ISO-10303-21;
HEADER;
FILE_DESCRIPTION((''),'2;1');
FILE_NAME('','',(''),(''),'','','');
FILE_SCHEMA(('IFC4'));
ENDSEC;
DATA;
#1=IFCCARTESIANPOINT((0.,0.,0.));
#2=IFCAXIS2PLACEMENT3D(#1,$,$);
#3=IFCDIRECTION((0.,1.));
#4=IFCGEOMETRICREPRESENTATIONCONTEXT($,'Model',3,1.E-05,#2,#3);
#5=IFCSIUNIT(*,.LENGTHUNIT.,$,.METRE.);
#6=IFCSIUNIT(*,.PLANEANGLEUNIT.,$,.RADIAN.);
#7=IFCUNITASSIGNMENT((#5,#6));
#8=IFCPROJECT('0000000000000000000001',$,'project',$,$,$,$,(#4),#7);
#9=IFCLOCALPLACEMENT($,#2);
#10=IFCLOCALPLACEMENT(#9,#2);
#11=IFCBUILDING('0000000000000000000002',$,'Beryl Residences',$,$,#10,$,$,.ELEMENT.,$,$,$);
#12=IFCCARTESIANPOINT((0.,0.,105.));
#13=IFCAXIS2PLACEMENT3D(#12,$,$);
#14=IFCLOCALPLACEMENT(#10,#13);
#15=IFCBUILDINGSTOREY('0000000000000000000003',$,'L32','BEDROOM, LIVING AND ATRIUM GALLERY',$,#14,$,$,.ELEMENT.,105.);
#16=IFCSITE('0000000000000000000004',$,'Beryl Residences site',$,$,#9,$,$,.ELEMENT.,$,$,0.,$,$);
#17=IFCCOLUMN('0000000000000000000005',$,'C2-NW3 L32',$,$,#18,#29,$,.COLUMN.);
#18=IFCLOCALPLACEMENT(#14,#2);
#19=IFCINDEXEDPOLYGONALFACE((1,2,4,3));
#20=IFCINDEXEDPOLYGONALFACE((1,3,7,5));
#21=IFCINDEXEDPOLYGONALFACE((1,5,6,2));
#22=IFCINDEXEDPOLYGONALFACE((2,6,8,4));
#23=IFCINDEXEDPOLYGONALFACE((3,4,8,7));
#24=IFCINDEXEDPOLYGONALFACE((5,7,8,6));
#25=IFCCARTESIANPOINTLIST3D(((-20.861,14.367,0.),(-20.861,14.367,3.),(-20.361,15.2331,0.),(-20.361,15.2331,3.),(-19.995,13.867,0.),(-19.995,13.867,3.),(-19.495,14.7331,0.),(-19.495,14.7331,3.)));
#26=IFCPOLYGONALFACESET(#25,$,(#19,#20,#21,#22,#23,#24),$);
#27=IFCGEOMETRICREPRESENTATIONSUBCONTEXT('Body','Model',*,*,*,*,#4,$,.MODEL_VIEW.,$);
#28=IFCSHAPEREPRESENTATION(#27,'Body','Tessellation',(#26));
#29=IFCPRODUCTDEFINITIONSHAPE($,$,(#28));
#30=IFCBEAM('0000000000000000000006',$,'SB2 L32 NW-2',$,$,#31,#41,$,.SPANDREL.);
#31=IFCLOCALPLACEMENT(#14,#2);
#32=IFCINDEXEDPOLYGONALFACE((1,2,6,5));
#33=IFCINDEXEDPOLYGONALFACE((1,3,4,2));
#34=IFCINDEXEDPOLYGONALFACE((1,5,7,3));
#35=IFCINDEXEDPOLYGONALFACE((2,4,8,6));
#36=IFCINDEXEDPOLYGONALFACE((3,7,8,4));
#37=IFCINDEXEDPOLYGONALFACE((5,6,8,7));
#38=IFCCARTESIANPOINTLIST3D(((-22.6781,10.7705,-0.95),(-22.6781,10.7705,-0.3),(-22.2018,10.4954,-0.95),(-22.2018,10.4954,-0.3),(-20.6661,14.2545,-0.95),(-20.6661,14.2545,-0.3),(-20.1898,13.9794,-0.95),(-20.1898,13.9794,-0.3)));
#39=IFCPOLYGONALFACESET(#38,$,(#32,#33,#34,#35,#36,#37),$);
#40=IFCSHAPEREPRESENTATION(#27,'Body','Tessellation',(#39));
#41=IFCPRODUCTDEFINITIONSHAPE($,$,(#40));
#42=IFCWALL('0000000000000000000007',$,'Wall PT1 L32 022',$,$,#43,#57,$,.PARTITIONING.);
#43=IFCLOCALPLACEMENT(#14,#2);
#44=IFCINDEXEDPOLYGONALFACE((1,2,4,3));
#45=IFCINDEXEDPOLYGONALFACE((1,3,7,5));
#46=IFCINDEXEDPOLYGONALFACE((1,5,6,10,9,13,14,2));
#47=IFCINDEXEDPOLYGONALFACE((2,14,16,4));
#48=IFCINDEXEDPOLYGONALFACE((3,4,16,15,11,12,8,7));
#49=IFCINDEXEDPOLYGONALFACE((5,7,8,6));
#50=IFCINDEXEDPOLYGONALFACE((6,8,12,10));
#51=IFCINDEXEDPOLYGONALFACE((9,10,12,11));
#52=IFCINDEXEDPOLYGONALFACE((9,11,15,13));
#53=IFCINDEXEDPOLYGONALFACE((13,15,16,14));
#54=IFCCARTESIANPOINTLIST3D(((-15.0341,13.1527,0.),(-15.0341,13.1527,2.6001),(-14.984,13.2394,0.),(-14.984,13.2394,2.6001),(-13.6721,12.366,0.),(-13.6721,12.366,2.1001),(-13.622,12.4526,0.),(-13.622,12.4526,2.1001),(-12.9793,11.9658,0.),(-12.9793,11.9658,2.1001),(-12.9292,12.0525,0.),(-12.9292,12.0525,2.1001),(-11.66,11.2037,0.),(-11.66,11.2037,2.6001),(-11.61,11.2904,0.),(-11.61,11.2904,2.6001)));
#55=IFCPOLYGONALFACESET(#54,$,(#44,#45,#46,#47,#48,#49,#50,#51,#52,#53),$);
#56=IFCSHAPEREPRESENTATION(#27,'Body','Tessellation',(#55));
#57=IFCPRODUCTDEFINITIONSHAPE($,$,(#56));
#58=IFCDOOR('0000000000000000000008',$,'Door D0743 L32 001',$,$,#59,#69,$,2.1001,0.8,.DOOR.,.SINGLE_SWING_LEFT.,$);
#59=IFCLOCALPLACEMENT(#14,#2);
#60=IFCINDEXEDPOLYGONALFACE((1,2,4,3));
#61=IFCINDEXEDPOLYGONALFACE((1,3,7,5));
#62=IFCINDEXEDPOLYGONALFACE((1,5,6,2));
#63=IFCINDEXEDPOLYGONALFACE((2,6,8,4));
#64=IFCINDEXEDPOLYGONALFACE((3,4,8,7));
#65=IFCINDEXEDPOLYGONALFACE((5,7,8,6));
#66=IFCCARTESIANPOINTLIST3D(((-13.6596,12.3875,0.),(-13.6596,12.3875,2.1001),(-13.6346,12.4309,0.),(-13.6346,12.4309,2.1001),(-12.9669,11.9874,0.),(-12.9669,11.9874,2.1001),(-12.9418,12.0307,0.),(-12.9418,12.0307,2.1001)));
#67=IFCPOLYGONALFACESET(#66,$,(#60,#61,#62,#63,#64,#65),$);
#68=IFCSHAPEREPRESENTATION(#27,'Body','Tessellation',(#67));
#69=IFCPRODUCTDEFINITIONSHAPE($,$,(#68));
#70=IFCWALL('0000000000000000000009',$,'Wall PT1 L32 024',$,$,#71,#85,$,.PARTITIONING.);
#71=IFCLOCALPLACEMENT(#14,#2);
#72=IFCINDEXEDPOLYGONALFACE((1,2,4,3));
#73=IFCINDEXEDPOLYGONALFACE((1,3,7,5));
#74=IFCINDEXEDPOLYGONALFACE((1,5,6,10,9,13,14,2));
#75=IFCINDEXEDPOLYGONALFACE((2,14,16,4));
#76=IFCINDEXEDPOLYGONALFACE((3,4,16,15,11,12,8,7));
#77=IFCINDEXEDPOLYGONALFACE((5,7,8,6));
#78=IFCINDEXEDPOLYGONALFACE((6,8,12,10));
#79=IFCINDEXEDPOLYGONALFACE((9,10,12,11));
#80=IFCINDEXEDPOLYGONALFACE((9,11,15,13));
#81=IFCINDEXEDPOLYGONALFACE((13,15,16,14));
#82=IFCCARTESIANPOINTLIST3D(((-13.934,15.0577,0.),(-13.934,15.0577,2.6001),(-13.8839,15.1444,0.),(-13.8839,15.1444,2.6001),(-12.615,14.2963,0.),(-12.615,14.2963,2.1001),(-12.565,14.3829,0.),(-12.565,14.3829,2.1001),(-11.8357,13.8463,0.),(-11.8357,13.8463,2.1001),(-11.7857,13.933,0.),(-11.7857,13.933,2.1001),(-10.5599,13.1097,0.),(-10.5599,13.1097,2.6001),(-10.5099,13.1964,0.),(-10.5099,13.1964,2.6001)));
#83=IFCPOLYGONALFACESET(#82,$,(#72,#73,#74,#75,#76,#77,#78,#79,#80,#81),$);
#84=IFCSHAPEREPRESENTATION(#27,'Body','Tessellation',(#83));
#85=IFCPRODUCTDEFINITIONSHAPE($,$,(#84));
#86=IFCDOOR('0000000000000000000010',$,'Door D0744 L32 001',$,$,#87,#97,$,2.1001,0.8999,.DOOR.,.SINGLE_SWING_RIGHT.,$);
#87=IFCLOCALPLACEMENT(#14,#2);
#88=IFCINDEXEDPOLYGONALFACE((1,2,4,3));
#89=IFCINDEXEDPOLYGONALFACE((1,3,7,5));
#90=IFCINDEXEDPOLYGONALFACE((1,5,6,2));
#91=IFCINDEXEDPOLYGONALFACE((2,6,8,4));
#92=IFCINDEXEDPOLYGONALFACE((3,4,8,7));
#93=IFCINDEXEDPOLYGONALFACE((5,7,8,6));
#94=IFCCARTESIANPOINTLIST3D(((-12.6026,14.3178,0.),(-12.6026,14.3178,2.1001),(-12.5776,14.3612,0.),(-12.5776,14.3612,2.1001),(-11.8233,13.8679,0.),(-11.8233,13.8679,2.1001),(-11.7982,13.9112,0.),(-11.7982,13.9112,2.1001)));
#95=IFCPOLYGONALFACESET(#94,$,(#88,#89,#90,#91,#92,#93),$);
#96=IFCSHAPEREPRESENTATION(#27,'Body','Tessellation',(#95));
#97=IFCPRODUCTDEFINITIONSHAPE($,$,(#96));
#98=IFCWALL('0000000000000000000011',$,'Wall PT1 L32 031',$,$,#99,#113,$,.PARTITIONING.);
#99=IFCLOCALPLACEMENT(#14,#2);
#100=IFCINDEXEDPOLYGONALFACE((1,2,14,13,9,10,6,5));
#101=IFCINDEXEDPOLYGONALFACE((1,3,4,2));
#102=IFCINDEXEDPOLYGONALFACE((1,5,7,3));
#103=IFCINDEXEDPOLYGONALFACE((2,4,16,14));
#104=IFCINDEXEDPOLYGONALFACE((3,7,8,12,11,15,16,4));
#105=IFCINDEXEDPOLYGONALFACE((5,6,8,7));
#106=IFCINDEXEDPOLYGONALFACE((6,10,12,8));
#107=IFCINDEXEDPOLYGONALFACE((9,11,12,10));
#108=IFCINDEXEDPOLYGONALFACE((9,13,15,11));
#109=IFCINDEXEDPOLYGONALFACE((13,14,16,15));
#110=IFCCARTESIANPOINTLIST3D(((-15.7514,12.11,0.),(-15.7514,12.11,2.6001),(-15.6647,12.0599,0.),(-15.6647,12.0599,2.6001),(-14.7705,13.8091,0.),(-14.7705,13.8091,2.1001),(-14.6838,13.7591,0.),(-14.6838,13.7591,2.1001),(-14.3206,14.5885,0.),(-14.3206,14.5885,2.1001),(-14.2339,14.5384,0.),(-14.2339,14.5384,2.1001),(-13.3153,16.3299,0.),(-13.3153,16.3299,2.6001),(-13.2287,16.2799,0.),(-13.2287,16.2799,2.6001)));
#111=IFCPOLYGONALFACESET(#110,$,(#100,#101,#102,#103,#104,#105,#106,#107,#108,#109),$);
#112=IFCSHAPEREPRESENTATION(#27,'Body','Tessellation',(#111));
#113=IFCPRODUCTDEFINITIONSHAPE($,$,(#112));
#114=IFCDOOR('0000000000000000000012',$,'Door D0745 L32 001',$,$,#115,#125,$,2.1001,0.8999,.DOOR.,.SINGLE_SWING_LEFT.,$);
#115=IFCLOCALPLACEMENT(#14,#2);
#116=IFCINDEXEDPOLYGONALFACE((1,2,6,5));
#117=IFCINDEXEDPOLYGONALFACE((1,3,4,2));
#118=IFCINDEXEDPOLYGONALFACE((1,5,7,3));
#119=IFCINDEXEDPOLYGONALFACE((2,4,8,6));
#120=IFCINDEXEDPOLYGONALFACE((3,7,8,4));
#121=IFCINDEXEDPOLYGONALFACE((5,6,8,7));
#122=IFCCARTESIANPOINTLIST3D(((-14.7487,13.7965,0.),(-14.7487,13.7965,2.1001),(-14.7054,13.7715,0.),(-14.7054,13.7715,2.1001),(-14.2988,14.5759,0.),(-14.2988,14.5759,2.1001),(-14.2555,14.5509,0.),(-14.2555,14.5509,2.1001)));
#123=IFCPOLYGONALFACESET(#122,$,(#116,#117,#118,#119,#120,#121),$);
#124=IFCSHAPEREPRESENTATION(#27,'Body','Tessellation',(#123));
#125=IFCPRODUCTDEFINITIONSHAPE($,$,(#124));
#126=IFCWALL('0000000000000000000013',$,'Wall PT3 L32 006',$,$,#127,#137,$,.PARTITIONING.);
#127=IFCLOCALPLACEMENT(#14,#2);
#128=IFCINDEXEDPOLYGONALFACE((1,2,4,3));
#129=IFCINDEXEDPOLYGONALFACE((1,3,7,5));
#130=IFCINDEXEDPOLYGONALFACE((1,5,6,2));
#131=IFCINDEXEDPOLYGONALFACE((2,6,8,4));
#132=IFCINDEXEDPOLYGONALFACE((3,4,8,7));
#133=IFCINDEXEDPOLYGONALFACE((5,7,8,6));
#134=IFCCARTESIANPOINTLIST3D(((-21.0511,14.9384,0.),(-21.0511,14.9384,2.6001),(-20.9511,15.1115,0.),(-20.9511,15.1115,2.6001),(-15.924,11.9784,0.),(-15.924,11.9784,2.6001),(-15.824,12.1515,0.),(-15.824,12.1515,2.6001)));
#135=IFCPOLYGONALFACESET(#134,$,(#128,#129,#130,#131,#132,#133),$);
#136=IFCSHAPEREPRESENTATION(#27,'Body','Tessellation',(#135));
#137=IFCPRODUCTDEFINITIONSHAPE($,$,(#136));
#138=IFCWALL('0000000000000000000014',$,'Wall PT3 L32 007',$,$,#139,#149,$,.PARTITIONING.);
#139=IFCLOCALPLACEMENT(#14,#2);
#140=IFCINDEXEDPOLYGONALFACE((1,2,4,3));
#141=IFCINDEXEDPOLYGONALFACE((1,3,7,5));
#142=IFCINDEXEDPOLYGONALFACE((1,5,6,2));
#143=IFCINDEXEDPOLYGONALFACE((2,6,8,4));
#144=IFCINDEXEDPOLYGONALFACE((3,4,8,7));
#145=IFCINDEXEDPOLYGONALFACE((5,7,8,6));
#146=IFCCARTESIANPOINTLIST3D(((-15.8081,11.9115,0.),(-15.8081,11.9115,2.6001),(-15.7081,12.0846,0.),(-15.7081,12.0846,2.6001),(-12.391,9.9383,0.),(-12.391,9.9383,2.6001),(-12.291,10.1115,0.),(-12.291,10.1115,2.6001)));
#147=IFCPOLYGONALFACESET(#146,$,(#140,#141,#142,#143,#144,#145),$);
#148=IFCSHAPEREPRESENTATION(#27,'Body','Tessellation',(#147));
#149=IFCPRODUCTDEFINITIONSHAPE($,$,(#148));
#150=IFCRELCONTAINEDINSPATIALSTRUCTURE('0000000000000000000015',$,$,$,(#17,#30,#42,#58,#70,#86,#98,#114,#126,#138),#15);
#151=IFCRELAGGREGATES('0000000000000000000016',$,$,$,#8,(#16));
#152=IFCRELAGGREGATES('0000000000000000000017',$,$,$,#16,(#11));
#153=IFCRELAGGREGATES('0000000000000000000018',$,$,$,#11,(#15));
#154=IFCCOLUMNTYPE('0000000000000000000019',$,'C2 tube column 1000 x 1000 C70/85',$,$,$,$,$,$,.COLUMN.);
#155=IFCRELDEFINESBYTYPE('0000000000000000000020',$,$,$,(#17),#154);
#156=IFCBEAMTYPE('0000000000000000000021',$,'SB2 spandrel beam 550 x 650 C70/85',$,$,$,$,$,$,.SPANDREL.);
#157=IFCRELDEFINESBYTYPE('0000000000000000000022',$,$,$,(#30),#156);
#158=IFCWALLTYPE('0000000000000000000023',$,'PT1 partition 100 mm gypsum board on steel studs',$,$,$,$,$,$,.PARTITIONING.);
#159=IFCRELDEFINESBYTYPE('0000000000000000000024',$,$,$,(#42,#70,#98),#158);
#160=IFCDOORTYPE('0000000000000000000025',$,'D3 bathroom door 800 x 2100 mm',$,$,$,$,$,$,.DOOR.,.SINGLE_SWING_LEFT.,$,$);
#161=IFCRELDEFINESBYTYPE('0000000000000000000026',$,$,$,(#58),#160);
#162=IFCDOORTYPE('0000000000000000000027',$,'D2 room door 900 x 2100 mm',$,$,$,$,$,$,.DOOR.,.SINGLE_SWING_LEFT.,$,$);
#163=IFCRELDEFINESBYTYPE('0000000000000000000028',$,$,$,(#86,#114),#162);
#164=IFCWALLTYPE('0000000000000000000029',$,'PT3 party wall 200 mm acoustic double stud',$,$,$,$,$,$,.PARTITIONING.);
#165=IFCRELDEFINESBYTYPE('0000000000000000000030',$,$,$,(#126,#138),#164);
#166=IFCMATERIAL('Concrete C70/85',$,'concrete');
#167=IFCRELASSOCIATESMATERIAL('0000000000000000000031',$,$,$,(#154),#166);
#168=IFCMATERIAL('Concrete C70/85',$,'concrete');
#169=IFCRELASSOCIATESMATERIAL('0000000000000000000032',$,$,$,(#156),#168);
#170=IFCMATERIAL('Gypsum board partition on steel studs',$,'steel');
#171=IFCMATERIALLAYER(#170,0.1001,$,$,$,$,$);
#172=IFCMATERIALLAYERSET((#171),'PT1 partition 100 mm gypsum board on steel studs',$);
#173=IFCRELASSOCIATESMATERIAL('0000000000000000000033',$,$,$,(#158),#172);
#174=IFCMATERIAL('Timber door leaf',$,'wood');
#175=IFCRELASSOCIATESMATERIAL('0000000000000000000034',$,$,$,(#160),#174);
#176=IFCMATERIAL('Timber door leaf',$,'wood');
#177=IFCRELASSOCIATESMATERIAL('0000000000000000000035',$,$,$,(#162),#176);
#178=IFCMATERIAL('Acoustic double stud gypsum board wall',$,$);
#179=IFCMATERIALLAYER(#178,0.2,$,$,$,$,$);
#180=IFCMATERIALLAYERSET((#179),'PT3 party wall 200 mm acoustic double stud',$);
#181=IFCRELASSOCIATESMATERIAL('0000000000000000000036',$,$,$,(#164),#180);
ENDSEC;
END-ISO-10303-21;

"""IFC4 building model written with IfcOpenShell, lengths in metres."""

from ifc_helpers import new_model, si_unit, direction, frame, frame_2d, origin, origin_2d, place, context, subcontext, project, spatial, rectangle, extrude, material, layer, layer_set, material_profile, profile_set, type_object, element, fill, save


model = new_model("IFC4")

# Units and contexts
model_context = context("Model", 3, precision=1e-05, world=origin(), true_north=direction((0.0, 1.0)))
body_context = subcontext(model_context, "Body", "Model", "MODEL_VIEW")
ifc_project = project(units=[si_unit("LENGTHUNIT", "METRE"), si_unit("PLANEANGLEUNIT", "RADIAN")], contexts=[model_context])

# Site, building, storey
site_placement = place(None, origin())
site = spatial("IfcSite", under=ifc_project, at=site_placement, Name="Beryl Residences site", CompositionType="ELEMENT", RefElevation=0.0)
building_placement = place(site_placement, origin())
building = spatial("IfcBuilding", under=site, at=building_placement, Name="Beryl Residences", CompositionType="ELEMENT")
storey_placement = place(building_placement, frame((0.0, 0.0, 105.0)))
storey = spatial("IfcBuildingStorey", under=building, at=storey_placement, Name="L32", Description="BEDROOM, LIVING AND ATRIUM GALLERY", CompositionType="ELEMENT", Elevation=105.0)

# Column
ifc_material_1 = material(Name="Concrete C70/85", Category="concrete")
ifc_material_profile_1 = material_profile(ifc_material_1, rectangle(XDim=1.0, YDim=1.0, at=origin_2d()))
ifc_profile_set_1 = profile_set([ifc_material_profile_1], Name="Concrete C70/85")
column_type = type_object("IfcColumnType", Name="C2 tube column 1000 x 1000 C70/85", PredefinedType="COLUMN", material=ifc_profile_set_1)
column_placement = place(storey_placement, frame((-20.178, 14.55, 0.0), z_axis=(0.0, 0.0, 1.0), x_axis=(-0.5, -0.866025, 0.0)))
element("IfcColumn", 1, at=column_placement, inside=storey, type_object=column_type, Name="C2-NW3 L32", PredefinedType="COLUMN", context=body_context, shape_type="SweptSolid", body=[
    extrude(rectangle(XDim=1.0, YDim=1.0, at=origin_2d()), origin(), (0.0, 0.0, 1.0), 3.0),
])

# Beam
ifc_material_2 = material(Name="Concrete C70/85", Category="concrete")
ifc_material_profile_2 = material_profile(ifc_material_2, rectangle(XDim=0.55, YDim=0.6499, at=origin_2d()))
ifc_profile_set_2 = profile_set([ifc_material_profile_2], Name="Concrete C70/85")
beam_type = type_object("IfcBeamType", Name="SB2 spandrel beam 550 x 650 C70/85", PredefinedType="SPANDREL", material=ifc_profile_set_2)
beam_placement = place(storey_placement, frame((-20.428, 14.1169, -0.625), z_axis=(-0.500101, -0.865967, 0.0), x_axis=(0.865967, -0.500101, 0.0)))
element("IfcBeam", 2, at=beam_placement, inside=storey, type_object=beam_type, Name="SB2 L32 NW-2", PredefinedType="SPANDREL", context=body_context, shape_type="SweptSolid", body=[
    extrude(rectangle(XDim=0.55, YDim=0.6499, at=origin_2d()), origin(), (0.0, 0.0, 1.0), 4.0232),
])

# Walls, openings, doors
ifc_material_3 = material(Name="Gypsum board partition on steel studs", Category="steel")
ifc_layer_1 = layer(ifc_material_3, 0.1001)
ifc_layer_set_1 = layer_set([ifc_layer_1], Name="PT1 partition 100 mm gypsum board on steel studs")
wall_type_1 = type_object("IfcWallType", Name="PT1 partition 100 mm gypsum board on steel studs", PredefinedType="PARTITIONING", material=ifc_layer_set_1)
wall_1_placement = place(storey_placement, frame((-15.009, 13.196, 0.0), z_axis=(0.0, 0.0, 1.0), x_axis=(0.865916, -0.500189, 0.0)))
wall_1 = element("IfcWall", 3, at=wall_1_placement, inside=storey, type_object=wall_type_1, Name="Wall PT1 L32 022", PredefinedType="PARTITIONING", context=body_context, shape_type="SweptSolid", body=[
    extrude(rectangle(XDim=3.8965, YDim=0.1001, at=frame_2d((1.9482, 0.0))), origin(), (0.0, 0.0, 1.0), 2.6001),
])
opening_1_placement = place(wall_1_placement, frame((1.573, 0.0, 0.0)))
opening_1 = element("IfcOpeningElement", 4, at=opening_1_placement, cuts=wall_1, PredefinedType="OPENING", context=body_context, shape_type="SweptSolid", body=[
    extrude(rectangle(XDim=0.8, YDim=2.1001, at=frame_2d((0.3999, 1.05))), frame((0.0, 0.0601, 0.0), z_axis=(0.0, -1.0, 0.0), x_axis=(1.0, 0.0, 0.0)), (0.0, 0.0, 1.0), 0.1201),
])
ifc_material_4 = material(Name="Timber door leaf", Category="wood")
door_type_1 = type_object("IfcDoorType", Name="D3 bathroom door 800 x 2100 mm", OperationType="SINGLE_SWING_LEFT", PredefinedType="DOOR", material=ifc_material_4)
door_1_placement = place(opening_1_placement, origin())
door_1 = element("IfcDoor", 5, at=door_1_placement, inside=storey, type_object=door_type_1, Name="Door D0743 L32 001", OperationType="SINGLE_SWING_LEFT", OverallHeight=2.1001, OverallWidth=0.8, PredefinedType="DOOR", context=body_context, shape_type="SweptSolid", body=[
    extrude(rectangle(XDim=0.8, YDim=2.1001, at=frame_2d((0.3999, 1.05))), frame((0.0, 0.0249, 0.0), z_axis=(0.0, -1.0, 0.0), x_axis=(1.0, 0.0, 0.0)), (0.0, 0.0, 1.0), 0.05),
])
fill(opening_1, door_1)
wall_2_placement = place(storey_placement, frame((-13.9089, 15.1011, 0.0), z_axis=(0.0, 0.0, 1.0), x_axis=(0.866025, -0.500001, 0.0)))
wall_2 = element("IfcWall", 6, at=wall_2_placement, inside=storey, type_object=wall_type_1, Name="Wall PT1 L32 024", PredefinedType="PARTITIONING", context=body_context, shape_type="SweptSolid", body=[
    extrude(rectangle(XDim=3.896, YDim=0.1001, at=frame_2d((1.948, 0.0))), origin(), (0.0, 0.0, 1.0), 2.6001),
])
opening_2_placement = place(wall_2_placement, frame((1.5229, 0.0, 0.0)))
opening_2 = element("IfcOpeningElement", 7, at=opening_2_placement, cuts=wall_2, PredefinedType="OPENING", context=body_context, shape_type="SweptSolid", body=[
    extrude(rectangle(XDim=0.8999, YDim=2.1001, at=frame_2d((0.45, 1.05))), frame((0.0, 0.0601, 0.0), z_axis=(0.0, -1.0, 0.0), x_axis=(1.0, 0.0, 0.0)), (0.0, 0.0, 1.0), 0.1201),
])
ifc_material_5 = material(Name="Timber door leaf", Category="wood")
door_type_2 = type_object("IfcDoorType", Name="D2 room door 900 x 2100 mm", OperationType="SINGLE_SWING_LEFT", PredefinedType="DOOR", material=ifc_material_5)
door_2_placement = place(opening_2_placement, origin())
door_2 = element("IfcDoor", 8, at=door_2_placement, inside=storey, type_object=door_type_2, Name="Door D0744 L32 001", OperationType="SINGLE_SWING_RIGHT", OverallHeight=2.1001, OverallWidth=0.8999, PredefinedType="DOOR", context=body_context, shape_type="SweptSolid", body=[
    extrude(rectangle(XDim=0.8999, YDim=2.1001, at=frame_2d((0.45, 1.05))), frame((0.0, 0.0249, 0.0), z_axis=(0.0, -1.0, 0.0), x_axis=(1.0, 0.0, 0.0)), (0.0, 0.0, 1.0), 0.05),
])
fill(opening_2, door_2)
wall_3_placement = place(storey_placement, frame((-15.708, 12.085, 0.0), z_axis=(0.0, 0.0, 1.0), x_axis=(0.499944, 0.866058, 0.0)))
wall_3 = element("IfcWall", 9, at=wall_3_placement, inside=storey, type_object=wall_type_1, Name="Wall PT1 L32 031", PredefinedType="PARTITIONING", context=body_context, shape_type="SweptSolid", body=[
    extrude(rectangle(XDim=4.8726, YDim=0.1001, at=frame_2d((2.4363, 0.0))), origin(), (0.0, 0.0, 1.0), 2.6001),
])
opening_3_placement = place(wall_3_placement, frame((1.9619, 0.0, 0.0)))
opening_3 = element("IfcOpeningElement", 10, at=opening_3_placement, cuts=wall_3, PredefinedType="OPENING", context=body_context, shape_type="SweptSolid", body=[
    extrude(rectangle(XDim=0.8999, YDim=2.1001, at=frame_2d((0.45, 1.05))), frame((0.0, 0.0601, 0.0), z_axis=(0.0, -1.0, 0.0), x_axis=(1.0, 0.0, 0.0)), (0.0, 0.0, 1.0), 0.1201),
])
door_3_placement = place(opening_3_placement, origin())
door_3 = element("IfcDoor", 11, at=door_3_placement, inside=storey, type_object=door_type_2, Name="Door D0745 L32 001", OperationType="SINGLE_SWING_LEFT", OverallHeight=2.1001, OverallWidth=0.8999, PredefinedType="DOOR", context=body_context, shape_type="SweptSolid", body=[
    extrude(rectangle(XDim=0.8999, YDim=2.1001, at=frame_2d((0.45, 1.05))), frame((0.0, 0.0249, 0.0), z_axis=(0.0, -1.0, 0.0), x_axis=(1.0, 0.0, 0.0)), (0.0, 0.0, 1.0), 0.05),
])
fill(opening_3, door_3)

# Walls
ifc_material_6 = material(Name="Acoustic double stud gypsum board wall")
ifc_layer_2 = layer(ifc_material_6, 0.2)
ifc_layer_set_2 = layer_set([ifc_layer_2], Name="PT3 party wall 200 mm acoustic double stud")
wall_type_2 = type_object("IfcWallType", Name="PT3 party wall 200 mm acoustic double stud", PredefinedType="PARTITIONING", material=ifc_layer_set_2)
wall_4_placement = place(storey_placement, frame((-21.001, 15.0249, 0.0), z_axis=(0.0, 0.0, 1.0), x_axis=(0.866032, -0.499989, 0.0)))
element("IfcWall", 12, at=wall_4_placement, inside=storey, type_object=wall_type_2, Name="Wall PT3 L32 006", PredefinedType="PARTITIONING", context=body_context, shape_type="SweptSolid", body=[
    extrude(rectangle(XDim=5.9202, YDim=0.2, at=frame_2d((2.96, 0.0))), origin(), (0.0, 0.0, 1.0), 2.6001),
])
wall_5_placement = place(storey_placement, frame((-15.7581, 11.998, 0.0), z_axis=(0.0, 0.0, 1.0), x_axis=(0.865988, -0.500065, 0.0)))
element("IfcWall", 13, at=wall_5_placement, inside=storey, type_object=wall_type_2, Name="Wall PT3 L32 007", PredefinedType="PARTITIONING", context=body_context, shape_type="SweptSolid", body=[
    extrude(rectangle(XDim=3.9458, YDim=0.2, at=frame_2d((1.9729, 0.0))), origin(), (0.0, 0.0, 1.0), 2.6001),
])

save(model, "model.ifc")
